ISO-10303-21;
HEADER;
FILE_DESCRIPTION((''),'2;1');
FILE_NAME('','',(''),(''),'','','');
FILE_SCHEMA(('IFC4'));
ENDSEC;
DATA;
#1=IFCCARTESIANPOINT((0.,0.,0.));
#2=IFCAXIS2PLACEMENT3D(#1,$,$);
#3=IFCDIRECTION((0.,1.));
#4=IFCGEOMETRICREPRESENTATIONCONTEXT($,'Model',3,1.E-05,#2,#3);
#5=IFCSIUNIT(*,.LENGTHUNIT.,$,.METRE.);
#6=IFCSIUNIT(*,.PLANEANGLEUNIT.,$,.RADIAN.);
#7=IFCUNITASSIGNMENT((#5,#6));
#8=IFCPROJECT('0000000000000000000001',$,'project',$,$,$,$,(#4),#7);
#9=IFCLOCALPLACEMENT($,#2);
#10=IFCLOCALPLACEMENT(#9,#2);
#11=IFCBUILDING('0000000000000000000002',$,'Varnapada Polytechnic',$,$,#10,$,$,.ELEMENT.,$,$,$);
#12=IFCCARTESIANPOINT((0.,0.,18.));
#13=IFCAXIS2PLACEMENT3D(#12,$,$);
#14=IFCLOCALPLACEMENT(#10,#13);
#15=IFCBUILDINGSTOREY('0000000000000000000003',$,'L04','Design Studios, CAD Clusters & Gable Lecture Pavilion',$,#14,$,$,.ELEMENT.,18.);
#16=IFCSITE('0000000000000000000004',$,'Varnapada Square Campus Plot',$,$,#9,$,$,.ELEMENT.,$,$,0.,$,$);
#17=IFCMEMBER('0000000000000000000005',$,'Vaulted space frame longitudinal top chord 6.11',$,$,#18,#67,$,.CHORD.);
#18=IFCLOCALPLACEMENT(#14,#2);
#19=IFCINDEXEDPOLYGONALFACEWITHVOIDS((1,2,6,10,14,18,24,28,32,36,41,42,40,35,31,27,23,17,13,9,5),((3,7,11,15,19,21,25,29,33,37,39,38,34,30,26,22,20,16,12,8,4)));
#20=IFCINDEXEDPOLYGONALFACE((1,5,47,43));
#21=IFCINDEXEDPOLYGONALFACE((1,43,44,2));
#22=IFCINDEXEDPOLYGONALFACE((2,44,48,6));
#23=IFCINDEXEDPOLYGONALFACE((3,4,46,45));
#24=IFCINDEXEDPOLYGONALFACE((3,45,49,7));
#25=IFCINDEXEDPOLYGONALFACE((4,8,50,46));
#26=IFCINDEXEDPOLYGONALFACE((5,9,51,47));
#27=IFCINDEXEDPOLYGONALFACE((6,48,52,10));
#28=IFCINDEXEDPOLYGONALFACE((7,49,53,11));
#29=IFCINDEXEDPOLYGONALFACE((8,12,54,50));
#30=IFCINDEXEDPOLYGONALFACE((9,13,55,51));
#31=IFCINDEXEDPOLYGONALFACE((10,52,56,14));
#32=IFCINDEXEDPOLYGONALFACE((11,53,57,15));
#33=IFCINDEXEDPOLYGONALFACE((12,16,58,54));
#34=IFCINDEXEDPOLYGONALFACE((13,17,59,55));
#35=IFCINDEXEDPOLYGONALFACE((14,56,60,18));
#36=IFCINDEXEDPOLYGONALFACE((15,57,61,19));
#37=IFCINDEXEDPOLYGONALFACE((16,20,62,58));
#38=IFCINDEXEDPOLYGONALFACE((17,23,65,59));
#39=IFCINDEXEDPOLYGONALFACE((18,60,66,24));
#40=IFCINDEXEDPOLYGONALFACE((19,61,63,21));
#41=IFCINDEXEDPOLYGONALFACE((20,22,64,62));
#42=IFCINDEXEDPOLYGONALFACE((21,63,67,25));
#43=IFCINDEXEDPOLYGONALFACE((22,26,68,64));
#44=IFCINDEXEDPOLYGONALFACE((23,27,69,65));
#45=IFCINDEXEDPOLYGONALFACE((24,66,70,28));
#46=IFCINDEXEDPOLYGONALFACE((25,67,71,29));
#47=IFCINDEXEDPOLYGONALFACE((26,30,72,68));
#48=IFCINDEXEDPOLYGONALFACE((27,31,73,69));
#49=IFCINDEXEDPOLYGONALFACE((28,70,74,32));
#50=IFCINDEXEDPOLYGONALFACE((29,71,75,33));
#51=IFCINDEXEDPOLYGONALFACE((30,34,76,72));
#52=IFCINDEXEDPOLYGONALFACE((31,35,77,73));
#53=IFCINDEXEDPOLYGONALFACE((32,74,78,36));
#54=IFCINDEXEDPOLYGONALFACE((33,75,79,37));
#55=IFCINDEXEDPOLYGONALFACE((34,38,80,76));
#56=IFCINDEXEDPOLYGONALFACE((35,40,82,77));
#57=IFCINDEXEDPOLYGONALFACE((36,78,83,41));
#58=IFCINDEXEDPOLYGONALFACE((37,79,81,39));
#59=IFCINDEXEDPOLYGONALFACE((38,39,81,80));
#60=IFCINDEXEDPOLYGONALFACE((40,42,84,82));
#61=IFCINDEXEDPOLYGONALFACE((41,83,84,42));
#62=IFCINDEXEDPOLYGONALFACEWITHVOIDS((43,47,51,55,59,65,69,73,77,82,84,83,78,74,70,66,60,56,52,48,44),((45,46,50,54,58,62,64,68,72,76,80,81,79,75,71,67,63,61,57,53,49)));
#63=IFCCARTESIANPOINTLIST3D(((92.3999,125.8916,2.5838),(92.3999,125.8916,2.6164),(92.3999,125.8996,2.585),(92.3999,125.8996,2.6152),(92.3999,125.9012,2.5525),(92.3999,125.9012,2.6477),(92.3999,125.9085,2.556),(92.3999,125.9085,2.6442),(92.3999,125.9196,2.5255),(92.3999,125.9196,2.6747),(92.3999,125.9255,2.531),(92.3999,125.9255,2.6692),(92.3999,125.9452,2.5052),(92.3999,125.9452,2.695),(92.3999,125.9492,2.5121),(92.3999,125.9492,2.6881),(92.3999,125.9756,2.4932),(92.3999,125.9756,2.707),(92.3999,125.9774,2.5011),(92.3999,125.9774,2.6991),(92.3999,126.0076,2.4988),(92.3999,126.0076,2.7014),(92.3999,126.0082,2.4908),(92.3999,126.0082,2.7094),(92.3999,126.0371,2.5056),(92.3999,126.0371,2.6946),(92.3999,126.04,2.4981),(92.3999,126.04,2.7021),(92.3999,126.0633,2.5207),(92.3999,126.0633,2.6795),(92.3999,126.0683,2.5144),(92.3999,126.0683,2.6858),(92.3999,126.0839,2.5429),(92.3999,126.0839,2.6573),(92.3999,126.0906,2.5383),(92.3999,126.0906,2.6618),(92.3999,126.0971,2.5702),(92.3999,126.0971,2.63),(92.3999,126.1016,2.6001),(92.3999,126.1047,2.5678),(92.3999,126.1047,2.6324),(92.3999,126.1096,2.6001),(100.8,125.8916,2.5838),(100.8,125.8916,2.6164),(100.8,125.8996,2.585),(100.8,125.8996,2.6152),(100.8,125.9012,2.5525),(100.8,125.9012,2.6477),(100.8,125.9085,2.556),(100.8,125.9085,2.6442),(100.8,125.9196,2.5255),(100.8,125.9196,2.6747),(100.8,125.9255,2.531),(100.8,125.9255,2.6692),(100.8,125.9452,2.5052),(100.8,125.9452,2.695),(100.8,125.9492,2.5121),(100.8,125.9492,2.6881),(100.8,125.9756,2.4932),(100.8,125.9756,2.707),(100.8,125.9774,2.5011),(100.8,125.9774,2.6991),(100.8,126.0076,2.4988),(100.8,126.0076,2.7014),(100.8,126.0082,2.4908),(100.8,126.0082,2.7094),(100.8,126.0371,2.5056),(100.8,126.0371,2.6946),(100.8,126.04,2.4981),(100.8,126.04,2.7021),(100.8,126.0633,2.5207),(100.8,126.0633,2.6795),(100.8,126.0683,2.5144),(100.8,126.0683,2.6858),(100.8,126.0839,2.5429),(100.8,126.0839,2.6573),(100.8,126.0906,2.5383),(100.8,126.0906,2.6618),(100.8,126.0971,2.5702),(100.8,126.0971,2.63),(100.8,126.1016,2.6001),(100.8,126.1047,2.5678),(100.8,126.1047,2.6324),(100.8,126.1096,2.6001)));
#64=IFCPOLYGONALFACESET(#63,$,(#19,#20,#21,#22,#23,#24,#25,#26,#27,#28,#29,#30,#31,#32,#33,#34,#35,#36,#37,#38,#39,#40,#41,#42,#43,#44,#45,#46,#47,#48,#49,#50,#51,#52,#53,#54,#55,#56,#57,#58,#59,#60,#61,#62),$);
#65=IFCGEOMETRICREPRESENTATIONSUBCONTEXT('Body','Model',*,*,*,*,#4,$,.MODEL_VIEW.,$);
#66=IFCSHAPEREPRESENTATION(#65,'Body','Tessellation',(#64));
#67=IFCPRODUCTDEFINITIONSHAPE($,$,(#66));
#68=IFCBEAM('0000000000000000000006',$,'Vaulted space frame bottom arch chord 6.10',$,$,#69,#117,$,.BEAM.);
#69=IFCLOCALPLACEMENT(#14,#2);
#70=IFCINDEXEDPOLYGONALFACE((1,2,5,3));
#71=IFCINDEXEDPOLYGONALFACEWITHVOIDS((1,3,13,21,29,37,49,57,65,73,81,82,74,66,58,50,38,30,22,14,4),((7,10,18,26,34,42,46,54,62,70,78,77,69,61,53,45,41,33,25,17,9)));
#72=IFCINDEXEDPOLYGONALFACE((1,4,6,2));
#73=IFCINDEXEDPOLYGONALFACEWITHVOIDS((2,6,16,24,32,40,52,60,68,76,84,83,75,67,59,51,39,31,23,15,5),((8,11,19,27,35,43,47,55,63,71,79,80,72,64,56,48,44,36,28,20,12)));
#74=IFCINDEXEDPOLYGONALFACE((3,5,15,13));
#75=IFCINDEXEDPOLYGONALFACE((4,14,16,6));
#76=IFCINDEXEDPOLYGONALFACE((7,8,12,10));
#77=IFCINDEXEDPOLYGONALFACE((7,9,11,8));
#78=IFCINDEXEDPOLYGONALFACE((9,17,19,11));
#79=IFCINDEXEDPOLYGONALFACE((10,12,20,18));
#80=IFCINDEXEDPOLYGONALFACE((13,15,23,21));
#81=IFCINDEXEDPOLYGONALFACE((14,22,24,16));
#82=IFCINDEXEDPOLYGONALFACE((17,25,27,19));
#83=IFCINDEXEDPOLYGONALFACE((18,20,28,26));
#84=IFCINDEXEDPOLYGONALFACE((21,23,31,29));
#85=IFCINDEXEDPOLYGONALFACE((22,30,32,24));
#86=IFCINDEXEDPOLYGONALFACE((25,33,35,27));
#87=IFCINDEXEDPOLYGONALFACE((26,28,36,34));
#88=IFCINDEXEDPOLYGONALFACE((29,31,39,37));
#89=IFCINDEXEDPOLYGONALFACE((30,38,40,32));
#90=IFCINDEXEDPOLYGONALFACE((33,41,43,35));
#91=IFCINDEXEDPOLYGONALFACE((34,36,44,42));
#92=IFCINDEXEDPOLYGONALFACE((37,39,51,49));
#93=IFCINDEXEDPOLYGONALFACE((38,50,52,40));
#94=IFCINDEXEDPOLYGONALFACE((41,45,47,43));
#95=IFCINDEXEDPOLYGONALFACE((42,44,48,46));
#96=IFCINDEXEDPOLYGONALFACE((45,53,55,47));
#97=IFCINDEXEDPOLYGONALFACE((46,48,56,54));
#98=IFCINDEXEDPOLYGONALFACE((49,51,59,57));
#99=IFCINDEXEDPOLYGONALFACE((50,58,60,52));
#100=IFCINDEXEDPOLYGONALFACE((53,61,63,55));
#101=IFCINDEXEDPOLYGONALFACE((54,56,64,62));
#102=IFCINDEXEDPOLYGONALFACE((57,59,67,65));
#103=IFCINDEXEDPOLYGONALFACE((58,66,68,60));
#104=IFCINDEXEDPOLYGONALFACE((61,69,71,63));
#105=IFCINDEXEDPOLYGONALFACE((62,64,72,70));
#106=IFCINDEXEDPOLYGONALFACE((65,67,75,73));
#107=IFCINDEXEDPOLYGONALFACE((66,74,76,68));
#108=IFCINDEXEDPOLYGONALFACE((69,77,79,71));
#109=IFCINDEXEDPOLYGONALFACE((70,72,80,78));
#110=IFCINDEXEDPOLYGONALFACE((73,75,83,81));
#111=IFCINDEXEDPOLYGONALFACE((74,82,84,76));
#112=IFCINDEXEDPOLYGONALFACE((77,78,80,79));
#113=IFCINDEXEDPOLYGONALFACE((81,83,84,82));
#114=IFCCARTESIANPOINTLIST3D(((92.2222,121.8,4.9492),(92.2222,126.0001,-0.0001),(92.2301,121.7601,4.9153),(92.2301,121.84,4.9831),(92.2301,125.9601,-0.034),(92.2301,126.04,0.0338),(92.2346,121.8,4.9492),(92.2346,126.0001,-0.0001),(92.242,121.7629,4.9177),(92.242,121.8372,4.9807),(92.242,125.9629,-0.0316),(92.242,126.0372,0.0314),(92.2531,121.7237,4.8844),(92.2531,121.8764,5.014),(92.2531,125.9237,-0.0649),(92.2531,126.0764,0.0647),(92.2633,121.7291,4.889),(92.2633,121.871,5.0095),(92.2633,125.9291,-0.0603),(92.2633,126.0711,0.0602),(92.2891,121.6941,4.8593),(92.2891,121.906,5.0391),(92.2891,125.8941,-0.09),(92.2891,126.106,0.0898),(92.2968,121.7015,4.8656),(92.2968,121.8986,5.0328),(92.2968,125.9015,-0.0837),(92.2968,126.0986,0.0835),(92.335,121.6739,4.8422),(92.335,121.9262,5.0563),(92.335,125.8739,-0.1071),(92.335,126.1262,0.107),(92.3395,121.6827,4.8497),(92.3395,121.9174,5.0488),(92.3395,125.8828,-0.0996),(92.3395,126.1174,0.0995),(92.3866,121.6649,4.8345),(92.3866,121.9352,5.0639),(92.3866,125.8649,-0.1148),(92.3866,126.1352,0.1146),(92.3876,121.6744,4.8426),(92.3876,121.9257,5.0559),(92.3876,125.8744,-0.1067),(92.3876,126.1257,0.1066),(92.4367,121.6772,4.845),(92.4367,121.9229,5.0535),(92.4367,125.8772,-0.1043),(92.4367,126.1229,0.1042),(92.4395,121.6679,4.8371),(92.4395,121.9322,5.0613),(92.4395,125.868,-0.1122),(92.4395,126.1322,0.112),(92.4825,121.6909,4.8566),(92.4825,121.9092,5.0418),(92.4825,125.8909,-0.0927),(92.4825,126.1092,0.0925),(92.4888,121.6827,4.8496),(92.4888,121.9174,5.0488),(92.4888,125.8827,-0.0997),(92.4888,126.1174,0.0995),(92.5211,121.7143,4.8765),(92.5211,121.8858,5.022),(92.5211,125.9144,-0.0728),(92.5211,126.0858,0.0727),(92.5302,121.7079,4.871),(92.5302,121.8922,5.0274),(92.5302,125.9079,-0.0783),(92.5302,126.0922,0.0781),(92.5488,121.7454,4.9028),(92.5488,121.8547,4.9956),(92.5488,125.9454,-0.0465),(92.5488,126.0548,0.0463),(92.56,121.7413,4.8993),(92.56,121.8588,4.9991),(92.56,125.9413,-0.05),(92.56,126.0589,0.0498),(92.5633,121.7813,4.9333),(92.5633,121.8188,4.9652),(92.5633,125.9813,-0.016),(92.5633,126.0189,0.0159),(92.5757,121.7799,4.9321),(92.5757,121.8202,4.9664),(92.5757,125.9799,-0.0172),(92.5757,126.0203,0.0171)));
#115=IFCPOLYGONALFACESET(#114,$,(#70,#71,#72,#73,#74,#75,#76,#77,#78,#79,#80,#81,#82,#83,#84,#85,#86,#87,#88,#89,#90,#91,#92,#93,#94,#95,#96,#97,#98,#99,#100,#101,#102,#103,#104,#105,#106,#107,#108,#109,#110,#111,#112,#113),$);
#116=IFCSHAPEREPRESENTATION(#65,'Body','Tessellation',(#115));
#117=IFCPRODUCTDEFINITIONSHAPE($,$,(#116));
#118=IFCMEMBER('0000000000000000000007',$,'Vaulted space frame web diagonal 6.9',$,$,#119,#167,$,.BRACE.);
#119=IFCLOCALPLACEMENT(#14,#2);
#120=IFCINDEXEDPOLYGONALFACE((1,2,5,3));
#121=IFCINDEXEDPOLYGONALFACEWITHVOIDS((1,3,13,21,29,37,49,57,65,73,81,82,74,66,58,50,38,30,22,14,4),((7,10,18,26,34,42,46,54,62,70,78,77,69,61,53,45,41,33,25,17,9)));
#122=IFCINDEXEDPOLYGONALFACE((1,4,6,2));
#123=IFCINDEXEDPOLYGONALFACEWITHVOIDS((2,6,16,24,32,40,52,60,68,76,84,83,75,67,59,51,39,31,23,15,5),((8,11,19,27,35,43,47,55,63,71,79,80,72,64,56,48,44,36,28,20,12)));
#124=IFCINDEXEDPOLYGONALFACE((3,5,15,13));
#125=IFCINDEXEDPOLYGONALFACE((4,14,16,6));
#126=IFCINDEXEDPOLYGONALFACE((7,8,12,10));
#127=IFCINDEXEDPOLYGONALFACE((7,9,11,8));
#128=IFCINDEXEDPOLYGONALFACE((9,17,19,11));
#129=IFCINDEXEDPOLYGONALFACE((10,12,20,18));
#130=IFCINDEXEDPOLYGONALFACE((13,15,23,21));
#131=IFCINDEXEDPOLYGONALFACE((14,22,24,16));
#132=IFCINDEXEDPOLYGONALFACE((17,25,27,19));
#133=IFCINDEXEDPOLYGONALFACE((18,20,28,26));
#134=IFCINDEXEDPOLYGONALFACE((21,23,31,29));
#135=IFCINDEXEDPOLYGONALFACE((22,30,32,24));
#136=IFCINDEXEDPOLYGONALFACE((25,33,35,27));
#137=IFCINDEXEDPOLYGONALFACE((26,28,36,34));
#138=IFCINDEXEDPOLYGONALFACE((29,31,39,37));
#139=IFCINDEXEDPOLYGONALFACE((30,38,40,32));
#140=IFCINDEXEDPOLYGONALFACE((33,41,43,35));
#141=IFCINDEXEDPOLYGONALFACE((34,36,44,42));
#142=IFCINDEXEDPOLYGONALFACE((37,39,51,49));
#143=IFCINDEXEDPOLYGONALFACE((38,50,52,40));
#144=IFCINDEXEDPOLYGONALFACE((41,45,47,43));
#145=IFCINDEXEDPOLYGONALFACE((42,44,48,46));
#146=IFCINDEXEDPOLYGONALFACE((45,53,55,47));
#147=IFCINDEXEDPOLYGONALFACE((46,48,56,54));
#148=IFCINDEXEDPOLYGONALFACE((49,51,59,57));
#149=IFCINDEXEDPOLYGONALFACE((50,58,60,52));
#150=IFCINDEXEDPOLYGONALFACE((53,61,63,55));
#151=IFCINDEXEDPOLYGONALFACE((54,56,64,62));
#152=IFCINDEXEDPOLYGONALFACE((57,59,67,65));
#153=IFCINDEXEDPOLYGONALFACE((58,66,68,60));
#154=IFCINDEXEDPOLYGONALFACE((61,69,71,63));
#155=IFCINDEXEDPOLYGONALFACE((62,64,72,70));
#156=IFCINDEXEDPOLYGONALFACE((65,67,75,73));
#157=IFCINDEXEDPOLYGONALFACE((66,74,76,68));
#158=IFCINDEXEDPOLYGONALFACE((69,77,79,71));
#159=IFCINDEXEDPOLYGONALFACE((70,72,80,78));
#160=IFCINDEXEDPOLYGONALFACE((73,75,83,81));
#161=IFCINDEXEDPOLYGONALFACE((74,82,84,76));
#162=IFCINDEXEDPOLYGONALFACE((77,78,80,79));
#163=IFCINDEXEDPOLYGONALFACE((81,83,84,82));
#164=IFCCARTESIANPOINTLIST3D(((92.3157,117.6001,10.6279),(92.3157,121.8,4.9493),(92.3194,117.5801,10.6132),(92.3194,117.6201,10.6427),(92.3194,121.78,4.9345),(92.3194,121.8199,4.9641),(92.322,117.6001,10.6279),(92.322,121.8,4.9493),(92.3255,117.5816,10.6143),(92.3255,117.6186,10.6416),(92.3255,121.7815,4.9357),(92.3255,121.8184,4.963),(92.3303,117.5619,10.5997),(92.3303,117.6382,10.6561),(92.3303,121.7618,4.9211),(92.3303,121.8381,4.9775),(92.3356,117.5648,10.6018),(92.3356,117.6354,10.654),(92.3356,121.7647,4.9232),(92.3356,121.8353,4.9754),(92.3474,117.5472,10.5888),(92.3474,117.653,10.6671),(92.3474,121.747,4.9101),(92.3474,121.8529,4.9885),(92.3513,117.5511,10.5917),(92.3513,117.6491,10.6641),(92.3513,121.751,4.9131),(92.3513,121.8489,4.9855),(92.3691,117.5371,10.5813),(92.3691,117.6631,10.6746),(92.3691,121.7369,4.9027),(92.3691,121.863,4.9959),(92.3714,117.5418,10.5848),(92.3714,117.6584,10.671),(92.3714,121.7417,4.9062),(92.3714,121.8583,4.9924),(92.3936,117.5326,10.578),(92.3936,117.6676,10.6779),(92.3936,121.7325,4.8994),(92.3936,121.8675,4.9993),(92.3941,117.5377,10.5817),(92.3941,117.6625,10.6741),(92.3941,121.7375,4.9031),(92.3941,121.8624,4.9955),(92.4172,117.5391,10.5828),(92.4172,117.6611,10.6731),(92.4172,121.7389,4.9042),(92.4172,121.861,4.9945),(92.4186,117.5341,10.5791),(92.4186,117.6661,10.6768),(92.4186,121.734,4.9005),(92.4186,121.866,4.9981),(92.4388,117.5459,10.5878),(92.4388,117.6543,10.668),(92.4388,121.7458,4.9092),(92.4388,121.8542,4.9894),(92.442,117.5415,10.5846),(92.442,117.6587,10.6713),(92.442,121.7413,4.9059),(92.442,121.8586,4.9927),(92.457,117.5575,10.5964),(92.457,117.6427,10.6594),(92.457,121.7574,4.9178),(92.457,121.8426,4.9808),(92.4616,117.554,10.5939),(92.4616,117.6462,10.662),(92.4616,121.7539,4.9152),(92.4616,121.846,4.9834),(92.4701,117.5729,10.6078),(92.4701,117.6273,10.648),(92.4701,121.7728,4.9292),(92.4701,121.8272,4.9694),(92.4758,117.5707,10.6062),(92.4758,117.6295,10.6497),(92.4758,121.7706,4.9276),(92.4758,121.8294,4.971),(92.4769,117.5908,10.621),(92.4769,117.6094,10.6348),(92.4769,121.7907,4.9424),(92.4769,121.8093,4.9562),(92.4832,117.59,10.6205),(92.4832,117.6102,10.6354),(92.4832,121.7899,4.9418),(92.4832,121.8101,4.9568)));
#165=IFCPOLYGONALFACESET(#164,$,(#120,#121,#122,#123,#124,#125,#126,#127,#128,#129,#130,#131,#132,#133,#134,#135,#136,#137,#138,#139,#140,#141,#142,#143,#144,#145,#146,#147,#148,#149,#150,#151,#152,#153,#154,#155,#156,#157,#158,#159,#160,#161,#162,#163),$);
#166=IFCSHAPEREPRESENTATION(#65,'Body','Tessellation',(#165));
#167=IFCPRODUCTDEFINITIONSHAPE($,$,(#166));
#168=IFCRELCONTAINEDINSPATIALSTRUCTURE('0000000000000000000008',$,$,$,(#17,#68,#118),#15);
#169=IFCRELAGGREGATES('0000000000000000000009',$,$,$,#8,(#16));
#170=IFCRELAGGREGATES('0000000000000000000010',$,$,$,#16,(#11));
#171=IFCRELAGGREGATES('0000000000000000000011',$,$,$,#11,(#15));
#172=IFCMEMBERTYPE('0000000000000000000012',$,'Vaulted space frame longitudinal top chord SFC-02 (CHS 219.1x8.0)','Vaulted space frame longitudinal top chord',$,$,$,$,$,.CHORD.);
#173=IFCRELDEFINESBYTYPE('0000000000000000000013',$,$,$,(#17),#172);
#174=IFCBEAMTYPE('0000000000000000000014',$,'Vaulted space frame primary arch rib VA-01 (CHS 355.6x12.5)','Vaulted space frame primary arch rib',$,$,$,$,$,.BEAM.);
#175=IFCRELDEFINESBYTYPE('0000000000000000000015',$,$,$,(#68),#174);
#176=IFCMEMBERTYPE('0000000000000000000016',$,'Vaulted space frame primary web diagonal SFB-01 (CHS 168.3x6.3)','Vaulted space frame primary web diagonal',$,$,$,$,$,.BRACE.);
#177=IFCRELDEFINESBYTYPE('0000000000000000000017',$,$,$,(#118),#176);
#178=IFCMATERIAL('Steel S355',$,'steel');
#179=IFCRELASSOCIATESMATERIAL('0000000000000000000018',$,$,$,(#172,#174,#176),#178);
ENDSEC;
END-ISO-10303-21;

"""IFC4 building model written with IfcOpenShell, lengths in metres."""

from ifc_helpers import new_model, si_unit, direction, frame, origin, origin_2d, place, context, subcontext, project, spatial, hollow_circle, extrude, material, material_profile, profile_set, type_object, element, save


model = new_model("IFC4")

# Units and contexts
model_context = context("Model", 3, precision=1e-05, world=origin(), true_north=direction((0.0, 1.0)))
body_context = subcontext(model_context, "Body", "Model", "MODEL_VIEW")
ifc_project = project(units=[si_unit("LENGTHUNIT", "METRE"), si_unit("PLANEANGLEUNIT", "RADIAN")], contexts=[model_context])

# Site, building, storey
site_placement = place(None, origin())
site = spatial("IfcSite", under=ifc_project, at=site_placement, Name="Varnapada Square Campus Plot", CompositionType="ELEMENT", RefElevation=0.0)
building_placement = place(site_placement, origin())
building = spatial("IfcBuilding", under=site, at=building_placement, Name="Varnapada Polytechnic", CompositionType="ELEMENT")
storey_placement = place(building_placement, frame((0.0, 0.0, 18.0)))
storey = spatial("IfcBuildingStorey", under=building, at=storey_placement, Name="L04", Description="Design Studios, CAD Clusters & Gable Lecture Pavilion", CompositionType="ELEMENT", Elevation=18.0)

# Shared definitions
ifc_material = material(Name="Steel S355", Category="steel")

# Member
ifc_material_profile_1 = material_profile(ifc_material, hollow_circle(Radius=0.1096, WallThickness=0.0081, at=origin_2d()), Name="CHS 219.1x8.0")
ifc_profile_set_1 = profile_set([ifc_material_profile_1], Name="Steel S355")
member_type_1 = type_object("IfcMemberType", Name="Vaulted space frame longitudinal top chord SFC-02 (CHS 219.1x8.0)", Description="Vaulted space frame longitudinal top chord", PredefinedType="CHORD", material=ifc_profile_set_1)
for number, where, z_axis, x_axis, name in (
    (1, (92.3999, 126.0, 2.6001), (1.0, 0.0, 0.0), (0.0, 1.0, 0.0), "Vaulted space frame longitudinal top chord 6.11"),
):
    element("IfcMember", number, at=place(storey_placement, frame(where, z_axis=z_axis, x_axis=x_axis)), inside=storey, type_object=member_type_1, Name=name, PredefinedType="CHORD", context=body_context, shape_type="SweptSolid", body=[
        extrude(hollow_circle(Radius=0.1096, WallThickness=0.0081, at=origin_2d()), origin(), (0.0, 0.0, 1.0), 8.4001),
    ])

# Beam
ifc_material_profile_2 = material_profile(ifc_material, hollow_circle(Radius=0.1777, WallThickness=0.0125, at=origin_2d()), Name="CHS 355.6x12.5")
ifc_profile_set_2 = profile_set([ifc_material_profile_2], Name="Steel S355")
beam_type_1 = type_object("IfcBeamType", Name="Vaulted space frame primary arch rib VA-01 (CHS 355.6x12.5)", Description="Vaulted space frame primary arch rib", PredefinedType="BEAM", material=ifc_profile_set_2)
beam_1_placement = place(storey_placement, frame((92.3999, 121.8, 4.9492), z_axis=(0.0, 0.647032, -0.762462), x_axis=(-1.0, 0.0, 0.0)))
element("IfcBeam", 2, at=beam_1_placement, inside=storey, type_object=beam_type_1, Name="Vaulted space frame bottom arch chord 6.10", PredefinedType="BEAM", context=body_context, shape_type="SweptSolid", body=[
    extrude(hollow_circle(Radius=0.1777, WallThickness=0.0125, at=origin_2d()), origin(), (0.0, 0.0, 1.0), 6.4912),
])

# Member
ifc_material_profile_3 = material_profile(ifc_material, hollow_circle(Radius=0.0842, WallThickness=0.0063, at=origin_2d()), Name="CHS 168.3x6.3")
ifc_profile_set_3 = profile_set([ifc_material_profile_3], Name="Steel S355")
member_type_2 = type_object("IfcMemberType", Name="Vaulted space frame primary web diagonal SFB-01 (CHS 168.3x6.3)", Description="Vaulted space frame primary web diagonal", PredefinedType="BRACE", material=ifc_profile_set_3)
member_1_placement = place(storey_placement, frame((92.3999, 117.6001, 10.6279), z_axis=(0.0, 0.594633, -0.803997), x_axis=(-1.0, 0.0, 0.0)))
element("IfcMember", 3, at=member_1_placement, inside=storey, type_object=member_type_2, Name="Vaulted space frame web diagonal 6.9", PredefinedType="BRACE", context=body_context, shape_type="SweptSolid", body=[
    extrude(hollow_circle(Radius=0.0842, WallThickness=0.0063, at=origin_2d()), origin(), (0.0, 0.0, 1.0), 7.063),
])

save(model, "model.ifc")
